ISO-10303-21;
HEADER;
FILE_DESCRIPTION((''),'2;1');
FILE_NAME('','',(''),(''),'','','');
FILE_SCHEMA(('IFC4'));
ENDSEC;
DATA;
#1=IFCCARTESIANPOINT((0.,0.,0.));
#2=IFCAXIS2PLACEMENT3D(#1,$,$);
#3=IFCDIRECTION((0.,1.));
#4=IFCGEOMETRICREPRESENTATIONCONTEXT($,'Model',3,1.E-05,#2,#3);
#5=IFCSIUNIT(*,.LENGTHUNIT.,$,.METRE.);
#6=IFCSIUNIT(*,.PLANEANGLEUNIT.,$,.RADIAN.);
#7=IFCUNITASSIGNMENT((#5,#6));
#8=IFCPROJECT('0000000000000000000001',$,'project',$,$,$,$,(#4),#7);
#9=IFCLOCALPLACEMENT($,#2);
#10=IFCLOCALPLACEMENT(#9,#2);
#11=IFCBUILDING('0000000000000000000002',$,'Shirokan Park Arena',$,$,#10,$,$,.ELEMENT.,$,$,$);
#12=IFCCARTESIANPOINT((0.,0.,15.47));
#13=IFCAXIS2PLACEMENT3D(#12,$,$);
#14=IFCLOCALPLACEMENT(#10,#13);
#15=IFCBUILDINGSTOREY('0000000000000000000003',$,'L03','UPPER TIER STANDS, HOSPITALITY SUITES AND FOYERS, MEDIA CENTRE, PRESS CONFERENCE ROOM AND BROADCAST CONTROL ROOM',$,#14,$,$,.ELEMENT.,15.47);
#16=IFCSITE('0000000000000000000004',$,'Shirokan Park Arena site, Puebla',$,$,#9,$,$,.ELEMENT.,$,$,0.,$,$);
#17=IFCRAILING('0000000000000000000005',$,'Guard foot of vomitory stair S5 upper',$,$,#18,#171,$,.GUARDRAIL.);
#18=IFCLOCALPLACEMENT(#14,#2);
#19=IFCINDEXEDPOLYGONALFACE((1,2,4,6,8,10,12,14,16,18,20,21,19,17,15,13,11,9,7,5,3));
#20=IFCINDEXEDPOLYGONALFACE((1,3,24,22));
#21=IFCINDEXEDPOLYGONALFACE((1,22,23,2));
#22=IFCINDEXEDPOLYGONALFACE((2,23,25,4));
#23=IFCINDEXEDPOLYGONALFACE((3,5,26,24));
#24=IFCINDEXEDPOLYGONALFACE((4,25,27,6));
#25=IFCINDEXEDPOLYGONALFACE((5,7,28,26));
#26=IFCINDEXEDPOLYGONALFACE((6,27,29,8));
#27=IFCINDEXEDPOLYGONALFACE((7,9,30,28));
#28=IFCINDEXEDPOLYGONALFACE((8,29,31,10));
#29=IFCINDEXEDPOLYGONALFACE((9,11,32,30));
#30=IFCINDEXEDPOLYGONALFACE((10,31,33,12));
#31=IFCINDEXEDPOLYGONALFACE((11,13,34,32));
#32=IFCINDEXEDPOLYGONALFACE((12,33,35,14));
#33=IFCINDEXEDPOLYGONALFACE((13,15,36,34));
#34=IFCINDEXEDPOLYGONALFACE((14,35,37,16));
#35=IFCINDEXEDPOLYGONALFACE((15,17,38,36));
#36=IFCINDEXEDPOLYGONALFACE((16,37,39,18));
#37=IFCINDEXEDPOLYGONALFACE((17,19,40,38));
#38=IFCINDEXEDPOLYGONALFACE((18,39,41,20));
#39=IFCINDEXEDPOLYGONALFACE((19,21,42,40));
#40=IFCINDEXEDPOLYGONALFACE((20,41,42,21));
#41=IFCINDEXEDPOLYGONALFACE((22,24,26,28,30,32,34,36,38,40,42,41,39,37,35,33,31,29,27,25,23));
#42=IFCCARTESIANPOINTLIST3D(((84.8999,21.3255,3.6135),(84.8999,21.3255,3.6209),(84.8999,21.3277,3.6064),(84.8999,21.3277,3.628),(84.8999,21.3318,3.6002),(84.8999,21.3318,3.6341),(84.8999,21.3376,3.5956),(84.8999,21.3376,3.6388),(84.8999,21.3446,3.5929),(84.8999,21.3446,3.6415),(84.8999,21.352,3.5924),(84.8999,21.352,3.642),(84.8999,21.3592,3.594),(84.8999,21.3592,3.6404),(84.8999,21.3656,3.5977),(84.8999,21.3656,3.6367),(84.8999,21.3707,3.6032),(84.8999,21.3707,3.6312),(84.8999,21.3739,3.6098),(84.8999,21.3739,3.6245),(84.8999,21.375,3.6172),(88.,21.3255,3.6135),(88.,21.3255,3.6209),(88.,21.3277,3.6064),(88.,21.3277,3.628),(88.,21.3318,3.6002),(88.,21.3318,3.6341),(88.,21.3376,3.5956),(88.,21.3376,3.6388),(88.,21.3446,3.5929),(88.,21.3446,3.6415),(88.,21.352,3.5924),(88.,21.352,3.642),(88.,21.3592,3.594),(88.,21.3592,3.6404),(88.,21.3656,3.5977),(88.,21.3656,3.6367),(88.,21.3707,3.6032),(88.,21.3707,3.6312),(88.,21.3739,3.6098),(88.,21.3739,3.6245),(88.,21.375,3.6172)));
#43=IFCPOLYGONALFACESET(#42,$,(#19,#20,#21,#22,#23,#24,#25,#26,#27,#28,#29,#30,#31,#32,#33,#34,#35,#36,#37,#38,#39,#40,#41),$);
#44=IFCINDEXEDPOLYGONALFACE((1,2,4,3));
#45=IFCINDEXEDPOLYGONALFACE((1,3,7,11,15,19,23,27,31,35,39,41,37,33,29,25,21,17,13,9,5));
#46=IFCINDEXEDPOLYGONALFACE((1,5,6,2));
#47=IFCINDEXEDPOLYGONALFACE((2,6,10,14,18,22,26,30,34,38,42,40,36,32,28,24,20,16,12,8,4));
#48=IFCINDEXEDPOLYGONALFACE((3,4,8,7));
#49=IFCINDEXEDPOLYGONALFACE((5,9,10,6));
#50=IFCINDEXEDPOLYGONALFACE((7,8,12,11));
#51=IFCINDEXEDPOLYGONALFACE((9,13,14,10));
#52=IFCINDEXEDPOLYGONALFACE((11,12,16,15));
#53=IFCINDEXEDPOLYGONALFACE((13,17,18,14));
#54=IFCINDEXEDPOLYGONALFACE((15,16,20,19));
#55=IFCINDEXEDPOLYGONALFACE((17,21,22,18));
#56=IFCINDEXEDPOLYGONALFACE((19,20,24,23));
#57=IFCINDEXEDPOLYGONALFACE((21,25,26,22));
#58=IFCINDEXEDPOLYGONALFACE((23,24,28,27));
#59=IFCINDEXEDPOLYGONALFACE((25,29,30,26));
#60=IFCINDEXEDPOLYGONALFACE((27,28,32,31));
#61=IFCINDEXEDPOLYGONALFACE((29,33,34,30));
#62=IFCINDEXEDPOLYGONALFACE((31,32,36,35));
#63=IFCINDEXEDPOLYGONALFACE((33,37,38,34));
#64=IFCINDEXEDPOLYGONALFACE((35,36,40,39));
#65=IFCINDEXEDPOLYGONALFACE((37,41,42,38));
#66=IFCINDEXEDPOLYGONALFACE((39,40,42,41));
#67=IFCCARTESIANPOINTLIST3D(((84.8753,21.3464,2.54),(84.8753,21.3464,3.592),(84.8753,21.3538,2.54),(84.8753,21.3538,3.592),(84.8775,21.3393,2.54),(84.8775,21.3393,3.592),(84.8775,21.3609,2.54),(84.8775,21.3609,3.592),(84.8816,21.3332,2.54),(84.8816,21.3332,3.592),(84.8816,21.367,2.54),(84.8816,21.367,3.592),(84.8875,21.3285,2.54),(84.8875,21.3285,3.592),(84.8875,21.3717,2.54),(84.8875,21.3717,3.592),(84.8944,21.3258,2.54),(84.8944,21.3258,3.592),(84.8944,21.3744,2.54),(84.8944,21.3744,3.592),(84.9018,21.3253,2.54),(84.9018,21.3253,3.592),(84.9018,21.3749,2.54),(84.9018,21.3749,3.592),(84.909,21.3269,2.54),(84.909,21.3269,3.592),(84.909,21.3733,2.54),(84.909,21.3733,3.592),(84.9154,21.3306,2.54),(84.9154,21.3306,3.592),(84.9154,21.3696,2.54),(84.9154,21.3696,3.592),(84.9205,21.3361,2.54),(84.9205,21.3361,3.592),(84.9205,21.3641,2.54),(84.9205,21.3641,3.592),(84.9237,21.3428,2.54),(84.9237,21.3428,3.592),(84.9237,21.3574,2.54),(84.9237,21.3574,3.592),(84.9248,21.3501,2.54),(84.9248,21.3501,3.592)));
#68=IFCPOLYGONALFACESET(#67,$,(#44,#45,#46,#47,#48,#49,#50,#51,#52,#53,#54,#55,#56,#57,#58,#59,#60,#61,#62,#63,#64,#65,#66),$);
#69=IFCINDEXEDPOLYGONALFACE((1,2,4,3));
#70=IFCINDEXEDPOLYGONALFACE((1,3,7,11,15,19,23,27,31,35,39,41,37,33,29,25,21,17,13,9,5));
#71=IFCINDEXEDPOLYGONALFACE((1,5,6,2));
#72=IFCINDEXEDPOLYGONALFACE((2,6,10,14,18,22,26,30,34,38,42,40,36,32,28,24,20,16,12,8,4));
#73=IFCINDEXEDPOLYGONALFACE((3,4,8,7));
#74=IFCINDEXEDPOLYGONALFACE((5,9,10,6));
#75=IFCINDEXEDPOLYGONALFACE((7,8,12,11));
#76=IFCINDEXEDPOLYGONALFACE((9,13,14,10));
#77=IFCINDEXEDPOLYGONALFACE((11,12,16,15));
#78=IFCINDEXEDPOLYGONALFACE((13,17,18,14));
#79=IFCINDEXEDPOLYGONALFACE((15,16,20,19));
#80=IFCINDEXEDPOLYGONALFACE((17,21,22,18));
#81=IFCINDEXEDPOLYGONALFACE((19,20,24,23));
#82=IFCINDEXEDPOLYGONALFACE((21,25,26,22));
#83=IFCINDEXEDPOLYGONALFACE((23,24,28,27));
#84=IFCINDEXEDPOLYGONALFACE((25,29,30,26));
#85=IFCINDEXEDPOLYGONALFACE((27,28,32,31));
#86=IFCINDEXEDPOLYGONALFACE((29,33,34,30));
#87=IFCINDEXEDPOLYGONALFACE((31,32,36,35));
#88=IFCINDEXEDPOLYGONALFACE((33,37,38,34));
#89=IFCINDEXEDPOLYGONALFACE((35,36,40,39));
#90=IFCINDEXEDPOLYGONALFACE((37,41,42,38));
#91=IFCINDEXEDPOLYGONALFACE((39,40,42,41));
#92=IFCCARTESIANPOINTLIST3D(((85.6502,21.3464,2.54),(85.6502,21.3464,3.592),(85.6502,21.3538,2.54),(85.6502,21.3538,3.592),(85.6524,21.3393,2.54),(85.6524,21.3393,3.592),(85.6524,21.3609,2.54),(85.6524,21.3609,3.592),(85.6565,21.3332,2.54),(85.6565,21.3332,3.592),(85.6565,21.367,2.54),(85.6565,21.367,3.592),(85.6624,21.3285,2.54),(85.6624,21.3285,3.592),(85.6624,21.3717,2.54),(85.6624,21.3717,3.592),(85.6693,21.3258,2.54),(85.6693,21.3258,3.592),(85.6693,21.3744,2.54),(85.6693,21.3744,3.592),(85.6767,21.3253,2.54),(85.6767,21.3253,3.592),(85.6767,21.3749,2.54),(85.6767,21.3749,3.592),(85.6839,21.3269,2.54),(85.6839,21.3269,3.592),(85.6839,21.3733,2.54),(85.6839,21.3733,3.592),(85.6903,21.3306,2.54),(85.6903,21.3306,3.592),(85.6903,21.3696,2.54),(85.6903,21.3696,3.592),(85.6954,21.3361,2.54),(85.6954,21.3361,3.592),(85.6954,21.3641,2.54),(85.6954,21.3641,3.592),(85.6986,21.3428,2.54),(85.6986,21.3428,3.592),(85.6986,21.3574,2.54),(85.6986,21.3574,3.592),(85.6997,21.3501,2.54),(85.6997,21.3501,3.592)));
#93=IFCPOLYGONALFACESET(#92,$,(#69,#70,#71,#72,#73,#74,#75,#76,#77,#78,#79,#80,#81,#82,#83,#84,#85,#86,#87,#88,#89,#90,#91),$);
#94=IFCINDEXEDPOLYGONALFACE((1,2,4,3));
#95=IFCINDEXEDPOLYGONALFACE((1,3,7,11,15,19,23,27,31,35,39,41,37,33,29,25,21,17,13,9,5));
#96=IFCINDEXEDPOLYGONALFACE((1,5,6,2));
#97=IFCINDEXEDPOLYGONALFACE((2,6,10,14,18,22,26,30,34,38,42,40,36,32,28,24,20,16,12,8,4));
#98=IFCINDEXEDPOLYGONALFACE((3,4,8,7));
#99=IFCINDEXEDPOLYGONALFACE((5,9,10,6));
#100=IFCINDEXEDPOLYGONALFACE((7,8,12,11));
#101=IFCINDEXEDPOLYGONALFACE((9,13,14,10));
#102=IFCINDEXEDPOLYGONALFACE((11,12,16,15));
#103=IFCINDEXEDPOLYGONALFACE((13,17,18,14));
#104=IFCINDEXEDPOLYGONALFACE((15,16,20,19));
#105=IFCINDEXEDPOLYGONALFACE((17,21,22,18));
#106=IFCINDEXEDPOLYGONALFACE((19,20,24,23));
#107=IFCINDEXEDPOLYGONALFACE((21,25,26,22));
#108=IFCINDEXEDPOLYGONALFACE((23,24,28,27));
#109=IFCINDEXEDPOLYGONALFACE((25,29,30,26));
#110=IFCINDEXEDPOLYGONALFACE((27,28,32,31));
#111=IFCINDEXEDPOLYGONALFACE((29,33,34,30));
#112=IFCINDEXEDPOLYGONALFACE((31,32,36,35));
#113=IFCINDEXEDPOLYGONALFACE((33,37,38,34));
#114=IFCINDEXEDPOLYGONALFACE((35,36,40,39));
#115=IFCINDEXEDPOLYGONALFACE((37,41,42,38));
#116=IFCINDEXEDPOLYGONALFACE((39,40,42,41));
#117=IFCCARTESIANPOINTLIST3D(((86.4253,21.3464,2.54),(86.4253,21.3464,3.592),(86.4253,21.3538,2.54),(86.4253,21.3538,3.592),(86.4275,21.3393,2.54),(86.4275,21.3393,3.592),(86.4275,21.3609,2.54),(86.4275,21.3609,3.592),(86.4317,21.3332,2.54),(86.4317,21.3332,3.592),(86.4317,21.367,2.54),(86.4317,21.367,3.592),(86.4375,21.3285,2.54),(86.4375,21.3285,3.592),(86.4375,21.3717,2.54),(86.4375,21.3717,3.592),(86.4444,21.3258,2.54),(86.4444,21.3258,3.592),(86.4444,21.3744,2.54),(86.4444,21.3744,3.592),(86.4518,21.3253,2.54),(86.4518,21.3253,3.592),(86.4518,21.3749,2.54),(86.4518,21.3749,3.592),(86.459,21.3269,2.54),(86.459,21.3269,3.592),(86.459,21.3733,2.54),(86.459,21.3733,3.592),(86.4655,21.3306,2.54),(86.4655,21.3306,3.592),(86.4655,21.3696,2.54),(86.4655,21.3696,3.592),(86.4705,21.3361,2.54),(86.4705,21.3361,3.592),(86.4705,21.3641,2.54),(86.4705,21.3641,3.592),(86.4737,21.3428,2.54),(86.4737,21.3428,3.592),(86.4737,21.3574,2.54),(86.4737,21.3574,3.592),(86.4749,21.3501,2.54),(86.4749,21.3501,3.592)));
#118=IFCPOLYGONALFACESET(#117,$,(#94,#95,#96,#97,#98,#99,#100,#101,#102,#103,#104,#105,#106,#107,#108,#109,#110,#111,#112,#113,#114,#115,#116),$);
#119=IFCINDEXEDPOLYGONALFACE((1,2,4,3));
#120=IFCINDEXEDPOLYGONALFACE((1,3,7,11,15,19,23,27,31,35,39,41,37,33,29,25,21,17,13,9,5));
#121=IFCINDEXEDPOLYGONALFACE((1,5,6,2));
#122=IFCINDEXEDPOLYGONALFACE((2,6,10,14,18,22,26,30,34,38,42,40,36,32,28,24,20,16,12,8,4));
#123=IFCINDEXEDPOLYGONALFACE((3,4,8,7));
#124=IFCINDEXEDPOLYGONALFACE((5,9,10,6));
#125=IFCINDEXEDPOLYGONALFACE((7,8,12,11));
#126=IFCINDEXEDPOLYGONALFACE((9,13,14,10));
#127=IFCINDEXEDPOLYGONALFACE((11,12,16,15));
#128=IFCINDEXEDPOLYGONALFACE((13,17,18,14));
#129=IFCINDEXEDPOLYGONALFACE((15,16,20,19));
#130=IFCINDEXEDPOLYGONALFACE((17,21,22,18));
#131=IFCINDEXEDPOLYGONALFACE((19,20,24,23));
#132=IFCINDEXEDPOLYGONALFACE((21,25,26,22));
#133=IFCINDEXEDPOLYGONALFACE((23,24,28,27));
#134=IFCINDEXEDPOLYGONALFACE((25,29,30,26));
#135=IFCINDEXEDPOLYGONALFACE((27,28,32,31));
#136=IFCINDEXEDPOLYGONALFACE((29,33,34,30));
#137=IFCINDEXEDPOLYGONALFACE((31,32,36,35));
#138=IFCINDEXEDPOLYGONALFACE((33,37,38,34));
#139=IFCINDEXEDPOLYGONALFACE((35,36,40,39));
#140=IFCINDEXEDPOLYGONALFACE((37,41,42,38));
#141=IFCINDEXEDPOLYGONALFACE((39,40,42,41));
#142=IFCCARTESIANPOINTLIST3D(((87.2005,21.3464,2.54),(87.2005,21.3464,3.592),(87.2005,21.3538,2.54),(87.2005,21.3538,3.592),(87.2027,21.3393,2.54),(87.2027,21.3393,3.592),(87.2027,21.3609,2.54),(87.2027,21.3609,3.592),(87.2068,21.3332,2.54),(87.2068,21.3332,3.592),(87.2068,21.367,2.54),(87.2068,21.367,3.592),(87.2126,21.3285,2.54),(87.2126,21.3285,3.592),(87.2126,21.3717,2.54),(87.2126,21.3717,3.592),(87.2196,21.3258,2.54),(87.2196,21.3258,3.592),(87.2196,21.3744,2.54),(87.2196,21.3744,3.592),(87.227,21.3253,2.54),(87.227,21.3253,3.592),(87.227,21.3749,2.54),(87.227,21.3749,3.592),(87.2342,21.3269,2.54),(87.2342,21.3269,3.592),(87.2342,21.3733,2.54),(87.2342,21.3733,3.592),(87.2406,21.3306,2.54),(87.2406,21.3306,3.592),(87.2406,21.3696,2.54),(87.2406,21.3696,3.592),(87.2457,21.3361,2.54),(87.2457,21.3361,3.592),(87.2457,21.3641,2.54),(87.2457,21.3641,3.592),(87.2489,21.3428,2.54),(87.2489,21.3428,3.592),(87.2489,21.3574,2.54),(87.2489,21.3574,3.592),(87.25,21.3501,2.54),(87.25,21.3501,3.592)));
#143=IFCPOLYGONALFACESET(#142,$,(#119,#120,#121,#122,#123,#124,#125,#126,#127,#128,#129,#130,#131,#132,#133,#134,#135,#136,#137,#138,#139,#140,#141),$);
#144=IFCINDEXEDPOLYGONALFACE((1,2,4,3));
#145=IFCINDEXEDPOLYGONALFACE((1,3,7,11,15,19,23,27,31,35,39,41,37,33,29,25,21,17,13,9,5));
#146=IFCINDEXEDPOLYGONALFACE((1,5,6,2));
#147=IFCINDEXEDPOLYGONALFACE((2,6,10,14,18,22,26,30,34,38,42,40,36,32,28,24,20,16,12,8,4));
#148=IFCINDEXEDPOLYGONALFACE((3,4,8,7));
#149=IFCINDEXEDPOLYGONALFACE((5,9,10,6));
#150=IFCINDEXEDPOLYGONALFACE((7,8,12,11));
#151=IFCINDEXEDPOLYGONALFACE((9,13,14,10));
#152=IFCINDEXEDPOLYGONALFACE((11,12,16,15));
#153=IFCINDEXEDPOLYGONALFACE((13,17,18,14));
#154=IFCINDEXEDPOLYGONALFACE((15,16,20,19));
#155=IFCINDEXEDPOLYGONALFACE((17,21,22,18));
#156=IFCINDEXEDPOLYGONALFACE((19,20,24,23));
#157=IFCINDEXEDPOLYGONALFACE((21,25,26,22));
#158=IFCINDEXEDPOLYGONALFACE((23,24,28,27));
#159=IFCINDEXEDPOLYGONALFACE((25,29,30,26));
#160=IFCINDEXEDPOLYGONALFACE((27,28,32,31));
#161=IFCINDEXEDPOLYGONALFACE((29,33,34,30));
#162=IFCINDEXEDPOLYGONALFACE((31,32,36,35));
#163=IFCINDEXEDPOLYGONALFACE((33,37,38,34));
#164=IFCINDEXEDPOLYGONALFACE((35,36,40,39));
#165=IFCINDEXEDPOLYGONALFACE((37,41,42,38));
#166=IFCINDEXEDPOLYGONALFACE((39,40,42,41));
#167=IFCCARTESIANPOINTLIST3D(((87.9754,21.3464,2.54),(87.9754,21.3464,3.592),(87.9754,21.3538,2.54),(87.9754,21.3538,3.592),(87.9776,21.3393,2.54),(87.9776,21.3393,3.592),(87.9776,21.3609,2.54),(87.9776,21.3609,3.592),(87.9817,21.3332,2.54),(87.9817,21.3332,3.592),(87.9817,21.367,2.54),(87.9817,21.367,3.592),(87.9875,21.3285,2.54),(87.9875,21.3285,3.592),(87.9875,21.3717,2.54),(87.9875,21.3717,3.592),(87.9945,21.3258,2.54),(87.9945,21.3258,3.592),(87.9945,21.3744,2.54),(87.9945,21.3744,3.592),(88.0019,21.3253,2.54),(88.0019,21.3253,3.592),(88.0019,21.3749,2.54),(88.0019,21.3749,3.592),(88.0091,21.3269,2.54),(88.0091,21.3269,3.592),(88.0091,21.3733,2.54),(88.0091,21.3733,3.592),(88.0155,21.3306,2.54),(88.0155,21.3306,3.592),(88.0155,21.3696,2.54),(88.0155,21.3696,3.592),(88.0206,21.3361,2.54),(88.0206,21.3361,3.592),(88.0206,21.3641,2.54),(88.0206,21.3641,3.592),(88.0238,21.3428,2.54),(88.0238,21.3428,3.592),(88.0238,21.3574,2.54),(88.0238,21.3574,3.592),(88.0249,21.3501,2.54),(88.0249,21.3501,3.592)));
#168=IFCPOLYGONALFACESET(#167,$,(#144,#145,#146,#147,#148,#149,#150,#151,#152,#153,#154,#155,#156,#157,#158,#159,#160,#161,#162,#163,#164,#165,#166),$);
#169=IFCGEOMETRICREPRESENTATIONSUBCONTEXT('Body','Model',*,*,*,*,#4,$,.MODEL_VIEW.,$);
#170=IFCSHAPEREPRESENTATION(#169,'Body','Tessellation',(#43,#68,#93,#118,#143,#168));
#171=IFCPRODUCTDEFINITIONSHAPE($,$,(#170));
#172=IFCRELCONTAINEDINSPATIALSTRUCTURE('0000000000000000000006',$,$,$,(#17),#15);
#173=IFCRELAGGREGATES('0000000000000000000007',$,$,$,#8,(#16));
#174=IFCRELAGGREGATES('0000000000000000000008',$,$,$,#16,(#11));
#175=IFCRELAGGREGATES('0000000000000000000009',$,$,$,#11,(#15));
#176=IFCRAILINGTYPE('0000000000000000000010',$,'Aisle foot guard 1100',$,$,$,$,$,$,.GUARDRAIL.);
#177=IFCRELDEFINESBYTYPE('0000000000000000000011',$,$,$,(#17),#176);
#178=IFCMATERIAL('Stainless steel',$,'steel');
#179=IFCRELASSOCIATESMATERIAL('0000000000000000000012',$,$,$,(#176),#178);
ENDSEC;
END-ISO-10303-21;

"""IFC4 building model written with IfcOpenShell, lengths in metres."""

from ifc_helpers import new_model, si_unit, direction, frame, origin, origin_2d, place, context, subcontext, project, spatial, circle, extrude, material, type_object, element, save


model = new_model("IFC4")

# Units and contexts
model_context = context("Model", 3, precision=1e-05, world=origin(), true_north=direction((0.0, 1.0)))
body_context = subcontext(model_context, "Body", "Model", "MODEL_VIEW")
ifc_project = project(units=[si_unit("LENGTHUNIT", "METRE"), si_unit("PLANEANGLEUNIT", "RADIAN")], contexts=[model_context])

# Site, building, storey
site_placement = place(None, origin())
site = spatial("IfcSite", under=ifc_project, at=site_placement, Name="Shirokan Park Arena site, Puebla", CompositionType="ELEMENT", RefElevation=0.0)
building_placement = place(site_placement, origin())
building = spatial("IfcBuilding", under=site, at=building_placement, Name="Shirokan Park Arena", CompositionType="ELEMENT")
storey_placement = place(building_placement, frame((0.0, 0.0, 15.47)))
storey = spatial("IfcBuildingStorey", under=building, at=storey_placement, Name="L03", Description="UPPER TIER STANDS, HOSPITALITY SUITES AND FOYERS, MEDIA CENTRE, PRESS CONFERENCE ROOM AND BROADCAST CONTROL ROOM", CompositionType="ELEMENT", Elevation=15.47)

# Railing
ifc_material_1 = material(Name="Stainless steel", Category="steel")
railing_type_1 = type_object("IfcRailingType", Name="Aisle foot guard 1100", PredefinedType="GUARDRAIL", material=ifc_material_1)
for number, where, name in (
    (1, (84.8999, 21.3501, 2.54), "Guard foot of vomitory stair S5 upper"),
):
    element("IfcRailing", number, at=place(storey_placement, frame(where)), inside=storey, type_object=railing_type_1, Name=name, PredefinedType="GUARDRAIL", context=body_context, shape_type="SweptSolid", body=[
        extrude(circle(Radius=0.0249, at=origin_2d()), frame((0.0, 0.0, 1.0771), z_axis=(1.0, 0.0, 0.0), x_axis=(0.0, 1.0, 0.0)), (0.0, 0.0, 1.0), 3.1001),
        extrude(circle(Radius=0.0249, at=origin_2d()), origin(), (0.0, 0.0, 1.0), 1.052),
        extrude(circle(Radius=0.0249, at=origin_2d()), frame((0.7749, 0.0, 0.0)), (0.0, 0.0, 1.0), 1.052),
        extrude(circle(Radius=0.0249, at=origin_2d()), frame((1.55, 0.0, 0.0)), (0.0, 0.0, 1.0), 1.052),
        extrude(circle(Radius=0.0249, at=origin_2d()), frame((2.3252, 0.0, 0.0)), (0.0, 0.0, 1.0), 1.052),
        extrude(circle(Radius=0.0249, at=origin_2d()), frame((3.1001, 0.0, 0.0)), (0.0, 0.0, 1.0), 1.052),
    ])

save(model, "model.ifc")
